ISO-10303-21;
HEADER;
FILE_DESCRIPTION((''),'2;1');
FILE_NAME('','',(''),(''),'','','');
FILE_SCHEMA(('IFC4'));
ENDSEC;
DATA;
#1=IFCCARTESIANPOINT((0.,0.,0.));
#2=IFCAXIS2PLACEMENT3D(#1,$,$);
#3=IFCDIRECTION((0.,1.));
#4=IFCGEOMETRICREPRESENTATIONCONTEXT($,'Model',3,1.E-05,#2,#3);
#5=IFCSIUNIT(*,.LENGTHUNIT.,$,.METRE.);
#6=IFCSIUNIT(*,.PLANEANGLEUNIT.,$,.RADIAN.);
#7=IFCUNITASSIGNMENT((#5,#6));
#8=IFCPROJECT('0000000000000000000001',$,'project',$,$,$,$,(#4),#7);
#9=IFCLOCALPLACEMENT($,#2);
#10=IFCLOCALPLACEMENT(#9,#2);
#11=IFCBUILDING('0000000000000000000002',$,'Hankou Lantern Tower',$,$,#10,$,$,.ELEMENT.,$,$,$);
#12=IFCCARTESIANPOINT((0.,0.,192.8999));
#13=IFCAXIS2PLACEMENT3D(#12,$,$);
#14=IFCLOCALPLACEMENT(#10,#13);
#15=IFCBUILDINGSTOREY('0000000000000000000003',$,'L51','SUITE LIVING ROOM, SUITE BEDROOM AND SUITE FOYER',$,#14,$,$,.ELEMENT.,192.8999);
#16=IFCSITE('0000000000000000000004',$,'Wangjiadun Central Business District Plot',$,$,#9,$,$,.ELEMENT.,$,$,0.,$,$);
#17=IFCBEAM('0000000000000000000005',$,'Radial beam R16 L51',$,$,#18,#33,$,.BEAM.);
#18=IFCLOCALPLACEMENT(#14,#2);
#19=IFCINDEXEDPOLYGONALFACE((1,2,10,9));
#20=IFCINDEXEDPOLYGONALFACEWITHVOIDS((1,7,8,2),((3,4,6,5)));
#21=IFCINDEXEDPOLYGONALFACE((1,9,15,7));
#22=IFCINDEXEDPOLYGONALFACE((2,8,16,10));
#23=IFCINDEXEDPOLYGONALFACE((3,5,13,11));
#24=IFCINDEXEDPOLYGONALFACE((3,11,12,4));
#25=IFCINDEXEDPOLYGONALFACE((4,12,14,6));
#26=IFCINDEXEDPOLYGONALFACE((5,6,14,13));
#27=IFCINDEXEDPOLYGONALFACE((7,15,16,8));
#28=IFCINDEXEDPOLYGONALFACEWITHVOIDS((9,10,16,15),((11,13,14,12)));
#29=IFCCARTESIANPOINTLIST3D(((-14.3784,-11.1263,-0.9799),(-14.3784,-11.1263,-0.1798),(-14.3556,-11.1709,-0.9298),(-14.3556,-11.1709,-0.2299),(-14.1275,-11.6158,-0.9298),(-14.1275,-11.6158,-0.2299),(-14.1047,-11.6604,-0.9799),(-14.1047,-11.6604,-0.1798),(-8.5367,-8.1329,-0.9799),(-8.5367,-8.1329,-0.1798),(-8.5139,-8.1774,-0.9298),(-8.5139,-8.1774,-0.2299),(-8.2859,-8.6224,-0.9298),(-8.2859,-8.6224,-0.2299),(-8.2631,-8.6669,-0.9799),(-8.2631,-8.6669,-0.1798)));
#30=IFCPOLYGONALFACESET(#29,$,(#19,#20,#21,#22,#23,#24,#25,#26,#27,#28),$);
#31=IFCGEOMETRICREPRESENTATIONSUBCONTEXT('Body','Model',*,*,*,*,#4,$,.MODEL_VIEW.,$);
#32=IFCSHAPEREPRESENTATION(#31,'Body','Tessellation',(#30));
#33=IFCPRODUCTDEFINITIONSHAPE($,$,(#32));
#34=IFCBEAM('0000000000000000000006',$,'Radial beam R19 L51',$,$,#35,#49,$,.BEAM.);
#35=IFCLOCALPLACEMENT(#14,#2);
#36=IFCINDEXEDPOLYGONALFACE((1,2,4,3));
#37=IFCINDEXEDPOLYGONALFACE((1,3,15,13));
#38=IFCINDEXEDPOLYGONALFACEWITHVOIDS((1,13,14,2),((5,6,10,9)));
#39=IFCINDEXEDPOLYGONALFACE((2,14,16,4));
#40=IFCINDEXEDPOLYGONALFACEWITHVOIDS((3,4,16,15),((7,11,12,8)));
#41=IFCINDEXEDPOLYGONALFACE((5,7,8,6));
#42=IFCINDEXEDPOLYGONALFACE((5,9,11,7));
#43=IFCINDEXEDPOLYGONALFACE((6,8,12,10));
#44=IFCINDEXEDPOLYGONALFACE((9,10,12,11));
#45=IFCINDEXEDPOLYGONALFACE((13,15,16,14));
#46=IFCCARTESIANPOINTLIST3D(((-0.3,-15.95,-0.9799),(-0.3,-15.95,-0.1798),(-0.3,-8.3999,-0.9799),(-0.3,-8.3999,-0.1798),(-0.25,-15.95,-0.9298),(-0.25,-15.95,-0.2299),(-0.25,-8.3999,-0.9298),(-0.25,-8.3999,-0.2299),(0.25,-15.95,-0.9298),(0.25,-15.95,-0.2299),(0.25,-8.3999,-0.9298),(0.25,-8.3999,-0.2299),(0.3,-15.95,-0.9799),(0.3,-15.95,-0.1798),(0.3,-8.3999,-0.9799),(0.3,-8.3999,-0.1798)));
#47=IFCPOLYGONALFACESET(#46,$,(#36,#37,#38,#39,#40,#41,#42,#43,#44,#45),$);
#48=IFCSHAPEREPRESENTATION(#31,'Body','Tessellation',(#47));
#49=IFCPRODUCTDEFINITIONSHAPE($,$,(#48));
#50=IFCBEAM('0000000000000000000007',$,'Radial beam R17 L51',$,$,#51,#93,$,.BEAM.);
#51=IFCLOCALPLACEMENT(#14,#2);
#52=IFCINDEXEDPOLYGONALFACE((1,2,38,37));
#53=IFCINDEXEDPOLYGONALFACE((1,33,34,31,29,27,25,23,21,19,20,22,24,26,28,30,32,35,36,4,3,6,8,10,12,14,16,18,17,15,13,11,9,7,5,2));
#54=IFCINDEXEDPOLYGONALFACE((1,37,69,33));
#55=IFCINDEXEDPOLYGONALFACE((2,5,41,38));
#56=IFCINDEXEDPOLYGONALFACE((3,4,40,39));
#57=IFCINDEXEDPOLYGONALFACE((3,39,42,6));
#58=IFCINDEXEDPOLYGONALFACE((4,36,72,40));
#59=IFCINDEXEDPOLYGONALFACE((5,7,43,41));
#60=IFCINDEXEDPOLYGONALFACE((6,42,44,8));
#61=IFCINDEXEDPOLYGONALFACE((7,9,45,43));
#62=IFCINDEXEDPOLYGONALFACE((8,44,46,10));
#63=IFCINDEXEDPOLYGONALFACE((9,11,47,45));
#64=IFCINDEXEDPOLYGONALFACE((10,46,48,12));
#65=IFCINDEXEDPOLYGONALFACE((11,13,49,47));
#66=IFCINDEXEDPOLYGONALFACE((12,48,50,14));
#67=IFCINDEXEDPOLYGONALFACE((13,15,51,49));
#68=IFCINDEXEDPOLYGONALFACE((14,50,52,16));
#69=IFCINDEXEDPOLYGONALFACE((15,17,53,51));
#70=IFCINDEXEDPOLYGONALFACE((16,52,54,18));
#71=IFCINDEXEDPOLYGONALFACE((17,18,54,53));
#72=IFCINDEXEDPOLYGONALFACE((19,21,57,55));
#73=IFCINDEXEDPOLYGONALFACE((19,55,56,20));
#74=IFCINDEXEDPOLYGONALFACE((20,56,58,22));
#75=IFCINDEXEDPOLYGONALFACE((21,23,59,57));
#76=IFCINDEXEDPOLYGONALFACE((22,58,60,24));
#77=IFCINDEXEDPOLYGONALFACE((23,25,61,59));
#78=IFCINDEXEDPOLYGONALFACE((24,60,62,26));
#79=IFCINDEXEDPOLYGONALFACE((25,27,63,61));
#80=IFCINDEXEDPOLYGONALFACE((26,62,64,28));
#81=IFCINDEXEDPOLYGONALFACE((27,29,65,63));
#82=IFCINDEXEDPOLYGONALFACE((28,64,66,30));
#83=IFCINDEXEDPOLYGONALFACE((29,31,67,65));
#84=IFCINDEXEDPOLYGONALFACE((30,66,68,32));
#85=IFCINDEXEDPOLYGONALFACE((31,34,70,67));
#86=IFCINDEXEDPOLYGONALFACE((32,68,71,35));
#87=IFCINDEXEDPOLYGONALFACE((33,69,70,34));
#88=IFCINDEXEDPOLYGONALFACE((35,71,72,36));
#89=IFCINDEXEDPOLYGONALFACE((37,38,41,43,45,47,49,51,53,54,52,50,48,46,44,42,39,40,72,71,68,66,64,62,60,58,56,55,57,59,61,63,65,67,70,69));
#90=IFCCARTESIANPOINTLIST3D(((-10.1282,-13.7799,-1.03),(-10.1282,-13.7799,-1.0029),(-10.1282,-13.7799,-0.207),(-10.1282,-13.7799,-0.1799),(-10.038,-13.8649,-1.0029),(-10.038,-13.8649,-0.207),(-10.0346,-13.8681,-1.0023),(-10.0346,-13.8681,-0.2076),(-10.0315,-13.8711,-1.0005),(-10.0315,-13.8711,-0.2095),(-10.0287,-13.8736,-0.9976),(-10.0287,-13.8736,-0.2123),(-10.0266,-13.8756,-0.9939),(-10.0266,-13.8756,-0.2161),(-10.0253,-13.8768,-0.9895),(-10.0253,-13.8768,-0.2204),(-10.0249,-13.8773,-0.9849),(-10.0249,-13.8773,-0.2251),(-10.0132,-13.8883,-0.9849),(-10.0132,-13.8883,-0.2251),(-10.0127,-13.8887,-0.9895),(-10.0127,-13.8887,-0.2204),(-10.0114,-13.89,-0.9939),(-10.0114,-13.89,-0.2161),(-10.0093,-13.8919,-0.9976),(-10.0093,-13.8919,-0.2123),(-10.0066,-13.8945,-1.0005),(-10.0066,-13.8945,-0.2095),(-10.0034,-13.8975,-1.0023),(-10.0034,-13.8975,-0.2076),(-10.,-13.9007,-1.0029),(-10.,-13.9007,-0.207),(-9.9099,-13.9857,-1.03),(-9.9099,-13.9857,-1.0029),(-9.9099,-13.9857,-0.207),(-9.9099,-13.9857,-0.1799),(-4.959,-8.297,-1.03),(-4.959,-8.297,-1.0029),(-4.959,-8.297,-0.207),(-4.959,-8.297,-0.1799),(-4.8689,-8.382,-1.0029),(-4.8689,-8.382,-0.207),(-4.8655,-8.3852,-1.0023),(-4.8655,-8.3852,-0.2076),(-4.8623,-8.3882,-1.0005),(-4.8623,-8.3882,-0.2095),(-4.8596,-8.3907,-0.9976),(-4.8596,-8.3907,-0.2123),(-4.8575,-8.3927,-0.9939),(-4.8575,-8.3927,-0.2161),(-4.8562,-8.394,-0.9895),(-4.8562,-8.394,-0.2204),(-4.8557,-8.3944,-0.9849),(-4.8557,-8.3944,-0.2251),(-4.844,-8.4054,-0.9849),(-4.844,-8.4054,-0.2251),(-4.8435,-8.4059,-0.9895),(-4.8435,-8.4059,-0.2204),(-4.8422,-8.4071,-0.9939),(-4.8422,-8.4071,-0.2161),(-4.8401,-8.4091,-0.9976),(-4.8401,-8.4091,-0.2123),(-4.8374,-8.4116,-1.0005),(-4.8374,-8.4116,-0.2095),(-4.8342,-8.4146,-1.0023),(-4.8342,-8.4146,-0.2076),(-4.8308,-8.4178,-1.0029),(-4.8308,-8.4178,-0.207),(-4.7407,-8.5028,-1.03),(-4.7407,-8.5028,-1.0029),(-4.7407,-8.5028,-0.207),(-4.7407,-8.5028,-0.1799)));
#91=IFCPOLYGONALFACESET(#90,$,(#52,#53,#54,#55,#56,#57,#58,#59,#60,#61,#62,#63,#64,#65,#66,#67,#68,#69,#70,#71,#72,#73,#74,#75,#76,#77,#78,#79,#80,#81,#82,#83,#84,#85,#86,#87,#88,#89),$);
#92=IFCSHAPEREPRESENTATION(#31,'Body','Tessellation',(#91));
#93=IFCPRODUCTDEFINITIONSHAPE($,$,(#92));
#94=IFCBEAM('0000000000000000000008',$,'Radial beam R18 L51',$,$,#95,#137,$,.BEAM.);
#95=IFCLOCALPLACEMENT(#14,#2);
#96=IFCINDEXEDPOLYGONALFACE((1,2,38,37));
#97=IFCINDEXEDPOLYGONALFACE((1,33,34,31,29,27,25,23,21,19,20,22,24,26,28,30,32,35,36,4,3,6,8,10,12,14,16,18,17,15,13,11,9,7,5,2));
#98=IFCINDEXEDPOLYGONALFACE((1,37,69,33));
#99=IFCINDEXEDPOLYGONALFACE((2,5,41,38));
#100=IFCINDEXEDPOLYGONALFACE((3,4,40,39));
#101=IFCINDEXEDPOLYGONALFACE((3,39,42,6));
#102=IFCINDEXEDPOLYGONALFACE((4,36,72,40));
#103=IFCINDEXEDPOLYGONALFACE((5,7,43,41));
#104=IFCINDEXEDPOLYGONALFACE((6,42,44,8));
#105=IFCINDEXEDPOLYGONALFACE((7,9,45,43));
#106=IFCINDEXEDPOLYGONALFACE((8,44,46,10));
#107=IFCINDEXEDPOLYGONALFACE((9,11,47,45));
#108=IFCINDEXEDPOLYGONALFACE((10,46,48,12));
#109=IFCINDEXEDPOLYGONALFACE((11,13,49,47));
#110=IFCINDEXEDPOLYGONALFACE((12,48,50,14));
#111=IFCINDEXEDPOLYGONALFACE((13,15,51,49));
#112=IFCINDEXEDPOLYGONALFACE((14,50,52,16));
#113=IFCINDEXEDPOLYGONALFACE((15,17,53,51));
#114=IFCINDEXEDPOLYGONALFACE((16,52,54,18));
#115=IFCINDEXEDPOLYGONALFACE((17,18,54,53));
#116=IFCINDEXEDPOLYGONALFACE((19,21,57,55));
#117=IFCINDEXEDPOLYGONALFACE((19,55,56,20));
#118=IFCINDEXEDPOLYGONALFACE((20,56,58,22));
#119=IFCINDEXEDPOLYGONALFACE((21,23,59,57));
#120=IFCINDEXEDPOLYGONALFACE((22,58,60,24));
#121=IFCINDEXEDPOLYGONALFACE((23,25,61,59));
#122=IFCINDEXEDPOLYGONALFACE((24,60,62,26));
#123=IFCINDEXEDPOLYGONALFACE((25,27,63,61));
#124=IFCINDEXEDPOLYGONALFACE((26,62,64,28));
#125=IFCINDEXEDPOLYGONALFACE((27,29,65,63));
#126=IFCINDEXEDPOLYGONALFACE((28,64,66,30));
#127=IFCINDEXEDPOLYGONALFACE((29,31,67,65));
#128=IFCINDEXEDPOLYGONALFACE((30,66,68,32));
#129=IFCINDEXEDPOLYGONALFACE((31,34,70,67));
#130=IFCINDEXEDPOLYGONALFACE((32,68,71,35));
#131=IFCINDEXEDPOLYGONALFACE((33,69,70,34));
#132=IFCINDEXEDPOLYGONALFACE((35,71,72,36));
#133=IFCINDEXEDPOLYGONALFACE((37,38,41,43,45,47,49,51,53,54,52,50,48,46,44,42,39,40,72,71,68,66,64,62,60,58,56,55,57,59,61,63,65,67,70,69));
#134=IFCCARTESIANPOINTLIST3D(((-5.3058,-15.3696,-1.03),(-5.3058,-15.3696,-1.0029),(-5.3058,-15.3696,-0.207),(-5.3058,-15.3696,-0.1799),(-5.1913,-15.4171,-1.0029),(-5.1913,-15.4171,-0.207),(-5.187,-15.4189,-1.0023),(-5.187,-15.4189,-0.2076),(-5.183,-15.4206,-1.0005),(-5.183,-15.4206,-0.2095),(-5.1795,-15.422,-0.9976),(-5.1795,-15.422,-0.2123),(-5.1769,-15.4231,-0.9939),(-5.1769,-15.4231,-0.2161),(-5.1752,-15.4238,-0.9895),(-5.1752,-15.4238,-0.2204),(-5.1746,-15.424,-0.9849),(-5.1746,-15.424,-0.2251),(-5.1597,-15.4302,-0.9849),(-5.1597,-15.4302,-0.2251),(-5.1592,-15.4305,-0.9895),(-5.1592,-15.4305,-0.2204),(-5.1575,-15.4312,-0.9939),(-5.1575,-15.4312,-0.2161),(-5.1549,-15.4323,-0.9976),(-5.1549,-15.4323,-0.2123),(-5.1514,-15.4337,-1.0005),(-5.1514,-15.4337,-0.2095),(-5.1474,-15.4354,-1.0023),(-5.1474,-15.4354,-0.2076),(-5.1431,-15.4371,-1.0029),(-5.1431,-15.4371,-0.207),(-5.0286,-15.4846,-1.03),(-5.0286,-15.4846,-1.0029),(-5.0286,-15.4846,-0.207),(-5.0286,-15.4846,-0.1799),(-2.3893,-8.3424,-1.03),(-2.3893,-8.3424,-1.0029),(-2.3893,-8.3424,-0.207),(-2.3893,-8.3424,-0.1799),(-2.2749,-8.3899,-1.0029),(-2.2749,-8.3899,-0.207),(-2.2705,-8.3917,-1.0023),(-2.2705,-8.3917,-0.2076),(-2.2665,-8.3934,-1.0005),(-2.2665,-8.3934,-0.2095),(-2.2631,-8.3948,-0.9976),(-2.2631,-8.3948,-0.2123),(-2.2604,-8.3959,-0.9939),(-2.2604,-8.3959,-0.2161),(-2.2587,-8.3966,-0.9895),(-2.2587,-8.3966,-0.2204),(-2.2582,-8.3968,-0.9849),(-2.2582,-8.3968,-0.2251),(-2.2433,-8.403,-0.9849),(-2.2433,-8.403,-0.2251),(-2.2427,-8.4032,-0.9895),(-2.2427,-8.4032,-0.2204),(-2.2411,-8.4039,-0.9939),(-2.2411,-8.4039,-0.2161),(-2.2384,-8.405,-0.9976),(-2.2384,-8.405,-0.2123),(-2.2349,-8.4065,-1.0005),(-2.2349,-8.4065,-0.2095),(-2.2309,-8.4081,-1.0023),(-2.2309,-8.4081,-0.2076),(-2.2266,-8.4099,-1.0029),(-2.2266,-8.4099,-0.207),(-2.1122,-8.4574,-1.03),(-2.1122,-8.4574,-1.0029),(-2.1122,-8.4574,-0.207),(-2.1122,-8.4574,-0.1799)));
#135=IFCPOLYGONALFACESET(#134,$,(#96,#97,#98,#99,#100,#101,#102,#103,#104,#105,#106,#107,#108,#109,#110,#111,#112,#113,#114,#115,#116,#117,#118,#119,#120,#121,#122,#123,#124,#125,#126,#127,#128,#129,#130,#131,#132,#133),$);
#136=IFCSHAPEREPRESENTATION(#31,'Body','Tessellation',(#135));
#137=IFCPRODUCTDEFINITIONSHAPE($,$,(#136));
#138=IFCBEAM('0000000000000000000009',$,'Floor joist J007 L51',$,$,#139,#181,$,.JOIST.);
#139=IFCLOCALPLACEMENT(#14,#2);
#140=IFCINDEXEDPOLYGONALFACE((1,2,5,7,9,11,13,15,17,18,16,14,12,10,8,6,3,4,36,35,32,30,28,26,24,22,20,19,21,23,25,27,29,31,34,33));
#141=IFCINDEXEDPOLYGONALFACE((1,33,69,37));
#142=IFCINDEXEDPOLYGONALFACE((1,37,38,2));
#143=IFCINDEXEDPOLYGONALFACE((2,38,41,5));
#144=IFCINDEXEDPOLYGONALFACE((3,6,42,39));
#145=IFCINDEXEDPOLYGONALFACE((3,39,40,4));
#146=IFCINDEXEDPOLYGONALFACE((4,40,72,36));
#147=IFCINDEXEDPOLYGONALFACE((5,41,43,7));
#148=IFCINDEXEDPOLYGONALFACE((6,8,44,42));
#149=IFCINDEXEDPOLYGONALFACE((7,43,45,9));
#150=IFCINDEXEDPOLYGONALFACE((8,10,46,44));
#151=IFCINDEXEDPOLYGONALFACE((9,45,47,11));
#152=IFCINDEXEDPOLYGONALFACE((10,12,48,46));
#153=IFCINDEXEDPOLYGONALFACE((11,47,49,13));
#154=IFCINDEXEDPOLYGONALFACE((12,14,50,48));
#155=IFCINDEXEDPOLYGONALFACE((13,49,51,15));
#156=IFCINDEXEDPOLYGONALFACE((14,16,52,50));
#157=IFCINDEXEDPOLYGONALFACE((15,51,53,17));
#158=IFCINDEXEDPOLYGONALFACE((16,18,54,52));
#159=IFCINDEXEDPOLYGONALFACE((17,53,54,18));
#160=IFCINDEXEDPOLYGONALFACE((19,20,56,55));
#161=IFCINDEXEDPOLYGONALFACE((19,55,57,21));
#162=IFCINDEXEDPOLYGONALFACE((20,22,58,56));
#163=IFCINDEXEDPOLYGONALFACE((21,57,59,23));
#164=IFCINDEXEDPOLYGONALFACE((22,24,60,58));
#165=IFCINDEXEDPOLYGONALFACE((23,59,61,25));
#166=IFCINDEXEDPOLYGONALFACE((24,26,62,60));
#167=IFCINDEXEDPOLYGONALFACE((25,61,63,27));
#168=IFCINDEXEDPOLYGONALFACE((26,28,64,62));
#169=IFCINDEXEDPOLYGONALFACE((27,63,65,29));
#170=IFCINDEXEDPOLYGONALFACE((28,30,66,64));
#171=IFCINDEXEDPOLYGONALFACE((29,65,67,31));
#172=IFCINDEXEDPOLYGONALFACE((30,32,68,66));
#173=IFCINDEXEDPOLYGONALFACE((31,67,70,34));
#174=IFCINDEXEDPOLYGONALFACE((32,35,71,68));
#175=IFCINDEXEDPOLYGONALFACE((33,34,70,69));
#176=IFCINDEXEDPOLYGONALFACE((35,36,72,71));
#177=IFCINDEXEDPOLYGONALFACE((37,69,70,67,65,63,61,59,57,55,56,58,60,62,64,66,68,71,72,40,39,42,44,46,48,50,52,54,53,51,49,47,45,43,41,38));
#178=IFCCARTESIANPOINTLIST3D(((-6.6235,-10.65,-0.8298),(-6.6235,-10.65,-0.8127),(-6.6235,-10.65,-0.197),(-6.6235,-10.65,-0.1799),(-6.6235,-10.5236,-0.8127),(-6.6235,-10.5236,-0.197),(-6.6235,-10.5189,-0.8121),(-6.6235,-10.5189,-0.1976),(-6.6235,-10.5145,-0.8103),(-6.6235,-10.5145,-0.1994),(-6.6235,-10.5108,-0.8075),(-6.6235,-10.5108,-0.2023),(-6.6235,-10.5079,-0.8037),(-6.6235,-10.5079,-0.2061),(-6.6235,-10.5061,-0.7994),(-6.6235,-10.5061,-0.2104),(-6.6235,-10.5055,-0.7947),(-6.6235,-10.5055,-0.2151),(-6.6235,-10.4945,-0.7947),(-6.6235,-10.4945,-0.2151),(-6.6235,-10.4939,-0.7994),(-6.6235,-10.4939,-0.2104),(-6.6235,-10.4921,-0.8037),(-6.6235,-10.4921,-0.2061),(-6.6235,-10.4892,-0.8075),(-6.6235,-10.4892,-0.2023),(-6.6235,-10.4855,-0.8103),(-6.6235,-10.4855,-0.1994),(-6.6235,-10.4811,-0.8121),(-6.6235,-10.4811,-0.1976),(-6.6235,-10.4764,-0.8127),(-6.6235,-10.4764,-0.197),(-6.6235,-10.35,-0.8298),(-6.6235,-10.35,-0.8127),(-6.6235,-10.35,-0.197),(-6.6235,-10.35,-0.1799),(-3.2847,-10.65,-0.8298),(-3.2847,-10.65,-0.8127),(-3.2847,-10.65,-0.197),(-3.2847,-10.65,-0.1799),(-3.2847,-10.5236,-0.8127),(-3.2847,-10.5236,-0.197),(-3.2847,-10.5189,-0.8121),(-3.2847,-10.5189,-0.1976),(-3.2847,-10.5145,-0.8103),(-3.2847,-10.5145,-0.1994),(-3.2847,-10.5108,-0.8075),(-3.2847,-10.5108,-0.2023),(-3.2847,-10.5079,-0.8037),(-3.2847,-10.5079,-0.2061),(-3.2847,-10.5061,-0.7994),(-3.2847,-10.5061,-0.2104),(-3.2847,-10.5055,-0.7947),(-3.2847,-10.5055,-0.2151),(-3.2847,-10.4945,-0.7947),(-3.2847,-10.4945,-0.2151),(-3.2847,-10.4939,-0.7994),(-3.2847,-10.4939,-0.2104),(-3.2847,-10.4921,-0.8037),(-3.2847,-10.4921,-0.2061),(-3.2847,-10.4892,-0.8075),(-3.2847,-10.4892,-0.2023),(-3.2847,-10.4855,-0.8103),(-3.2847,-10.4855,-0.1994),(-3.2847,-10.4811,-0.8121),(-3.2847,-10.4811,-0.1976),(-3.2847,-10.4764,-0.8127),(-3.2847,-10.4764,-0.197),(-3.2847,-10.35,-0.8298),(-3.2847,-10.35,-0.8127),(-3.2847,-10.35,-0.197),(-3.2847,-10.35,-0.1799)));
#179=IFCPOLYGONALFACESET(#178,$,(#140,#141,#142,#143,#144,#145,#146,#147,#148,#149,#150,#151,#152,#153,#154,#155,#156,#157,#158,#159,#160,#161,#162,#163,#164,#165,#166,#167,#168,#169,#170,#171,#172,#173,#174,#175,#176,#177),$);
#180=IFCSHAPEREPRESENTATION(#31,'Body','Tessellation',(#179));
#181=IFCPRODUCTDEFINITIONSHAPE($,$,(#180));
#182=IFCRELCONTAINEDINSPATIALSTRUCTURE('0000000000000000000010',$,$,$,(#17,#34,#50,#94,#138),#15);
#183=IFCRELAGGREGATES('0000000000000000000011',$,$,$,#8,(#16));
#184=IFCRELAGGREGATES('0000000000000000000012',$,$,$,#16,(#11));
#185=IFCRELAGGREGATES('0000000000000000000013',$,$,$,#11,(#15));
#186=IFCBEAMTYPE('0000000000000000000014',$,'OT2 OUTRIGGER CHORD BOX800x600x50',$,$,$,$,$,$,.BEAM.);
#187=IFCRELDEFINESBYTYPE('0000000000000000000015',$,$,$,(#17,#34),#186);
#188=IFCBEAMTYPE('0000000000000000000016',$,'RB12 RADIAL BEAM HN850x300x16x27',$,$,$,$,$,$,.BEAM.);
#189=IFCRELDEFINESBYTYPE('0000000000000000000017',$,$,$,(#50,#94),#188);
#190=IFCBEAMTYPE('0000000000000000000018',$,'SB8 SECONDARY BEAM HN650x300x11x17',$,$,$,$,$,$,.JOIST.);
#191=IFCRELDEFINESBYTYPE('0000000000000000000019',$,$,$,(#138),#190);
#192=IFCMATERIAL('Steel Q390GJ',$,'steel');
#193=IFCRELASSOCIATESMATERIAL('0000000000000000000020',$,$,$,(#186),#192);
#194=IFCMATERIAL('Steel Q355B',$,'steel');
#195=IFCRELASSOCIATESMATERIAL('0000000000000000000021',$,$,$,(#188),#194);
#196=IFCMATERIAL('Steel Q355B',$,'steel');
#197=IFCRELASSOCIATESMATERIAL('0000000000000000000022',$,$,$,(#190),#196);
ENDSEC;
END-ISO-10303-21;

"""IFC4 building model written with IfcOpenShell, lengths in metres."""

from ifc_helpers import new_model, si_unit, direction, frame, origin, origin_2d, place, context, subcontext, project, spatial, hollow_rectangle, i_section, extrude, material, material_profile, profile_set, type_object, element, save


model = new_model("IFC4")

# Units and contexts
model_context = context("Model", 3, precision=1e-05, world=origin(), true_north=direction((0.0, 1.0)))
body_context = subcontext(model_context, "Body", "Model", "MODEL_VIEW")
ifc_project = project(units=[si_unit("LENGTHUNIT", "METRE"), si_unit("PLANEANGLEUNIT", "RADIAN")], contexts=[model_context])

# Site, building, storey
site_placement = place(None, origin())
site = spatial("IfcSite", under=ifc_project, at=site_placement, Name="Wangjiadun Central Business District Plot", CompositionType="ELEMENT", RefElevation=0.0)
building_placement = place(site_placement, origin())
building = spatial("IfcBuilding", under=site, at=building_placement, Name="Hankou Lantern Tower", CompositionType="ELEMENT")
storey_placement = place(building_placement, frame((0.0, 0.0, 192.8999)))
storey = spatial("IfcBuildingStorey", under=building, at=storey_placement, Name="L51", Description="SUITE LIVING ROOM, SUITE BEDROOM AND SUITE FOYER", CompositionType="ELEMENT", Elevation=192.8999)

# Beams
ifc_material_1 = material(Name="Steel Q390GJ", Category="steel")
ifc_material_profile_1 = material_profile(ifc_material_1, hollow_rectangle(XDim=0.6001, YDim=0.8, WallThickness=0.05, at=origin_2d()), Name="BOX800x600x50")
ifc_profile_set_1 = profile_set([ifc_material_profile_1], Name="Steel Q390GJ")
beam_type_1 = type_object("IfcBeamType", Name="OT2 OUTRIGGER CHORD BOX800x600x50", PredefinedType="BEAM", material=ifc_profile_set_1)
beam_1_placement = place(storey_placement, frame((-8.3999, -8.3999, -0.5798), z_axis=(-0.889957, -0.456044, 0.0), x_axis=(0.456044, -0.889957, 0.0)))
element("IfcBeam", 1, at=beam_1_placement, inside=storey, type_object=beam_type_1, Name="Radial beam R16 L51", PredefinedType="BEAM", context=body_context, shape_type="SweptSolid", body=[
    extrude(hollow_rectangle(XDim=0.6001, YDim=0.8, WallThickness=0.05, at=origin_2d()), origin(), (0.0, 0.0, 1.0), 6.564),
])
beam_2_placement = place(storey_placement, frame((0.0, -8.3999, -0.5798), z_axis=(0.0, -1.0, 0.0), x_axis=(1.0, 0.0, 0.0)))
element("IfcBeam", 2, at=beam_2_placement, inside=storey, type_object=beam_type_1, Name="Radial beam R19 L51", PredefinedType="BEAM", context=body_context, shape_type="SweptSolid", body=[
    extrude(hollow_rectangle(XDim=0.6001, YDim=0.8, WallThickness=0.05, at=origin_2d()), origin(), (0.0, 0.0, 1.0), 7.55),
])
ifc_material_2 = material(Name="Steel Q355B", Category="steel")
ifc_material_profile_2 = material_profile(ifc_material_2, i_section(OverallWidth=0.3, OverallDepth=0.8501, WebThickness=0.0161, FlangeThickness=0.0271, FilletRadius=0.0181, at=origin_2d()), Name="HN850x300x16x27")
ifc_profile_set_2 = profile_set([ifc_material_profile_2], Name="Steel Q355B")
beam_type_2 = type_object("IfcBeamType", Name="RB12 RADIAL BEAM HN850x300x16x27", PredefinedType="BEAM", material=ifc_profile_set_2)
beam_3_placement = place(storey_placement, frame((-4.8499, -8.3999, -0.605), z_axis=(-0.685984, -0.727617, 0.0), x_axis=(0.727617, -0.685984, 0.0)))
element("IfcBeam", 3, at=beam_3_placement, inside=storey, type_object=beam_type_2, Name="Radial beam R17 L51", PredefinedType="BEAM", context=body_context, shape_type="SweptSolid", body=[
    extrude(i_section(OverallWidth=0.3, OverallDepth=0.8501, WebThickness=0.0161, FlangeThickness=0.0271, FilletRadius=0.0181, at=origin_2d()), origin(), (0.0, 0.0, 1.0), 7.5354),
])
beam_4_placement = place(storey_placement, frame((-2.2507, -8.3999, -0.605), z_axis=(-0.383321, -0.923615, 0.0), x_axis=(0.923615, -0.383321, 0.0)))
element("IfcBeam", 4, at=beam_4_placement, inside=storey, type_object=beam_type_2, Name="Radial beam R18 L51", PredefinedType="BEAM", context=body_context, shape_type="SweptSolid", body=[
    extrude(i_section(OverallWidth=0.3, OverallDepth=0.8501, WebThickness=0.0161, FlangeThickness=0.0271, FilletRadius=0.0181, at=origin_2d()), origin(), (0.0, 0.0, 1.0), 7.6084),
])
ifc_material_3 = material(Name="Steel Q355B", Category="steel")
ifc_material_profile_3 = material_profile(ifc_material_3, i_section(OverallWidth=0.3, OverallDepth=0.6499, WebThickness=0.011, FlangeThickness=0.0171, FilletRadius=0.0181, at=origin_2d()), Name="HN650x300x11x17")
ifc_profile_set_3 = profile_set([ifc_material_profile_3], Name="Steel Q355B")
beam_type_3 = type_object("IfcBeamType", Name="SB8 SECONDARY BEAM HN650x300x11x17", PredefinedType="JOIST", material=ifc_profile_set_3)
beam_5_placement = place(storey_placement, frame((-6.6235, -10.5, -0.5049), z_axis=(1.0, 0.0, 0.0), x_axis=(0.0, 1.0, 0.0)))
element("IfcBeam", 5, at=beam_5_placement, inside=storey, type_object=beam_type_3, Name="Floor joist J007 L51", PredefinedType="JOIST", context=body_context, shape_type="SweptSolid", body=[
    extrude(i_section(OverallWidth=0.3, OverallDepth=0.6499, WebThickness=0.011, FlangeThickness=0.0171, FilletRadius=0.0181, at=origin_2d()), origin(), (0.0, 0.0, 1.0), 3.3389),
])

save(model, "model.ifc")
